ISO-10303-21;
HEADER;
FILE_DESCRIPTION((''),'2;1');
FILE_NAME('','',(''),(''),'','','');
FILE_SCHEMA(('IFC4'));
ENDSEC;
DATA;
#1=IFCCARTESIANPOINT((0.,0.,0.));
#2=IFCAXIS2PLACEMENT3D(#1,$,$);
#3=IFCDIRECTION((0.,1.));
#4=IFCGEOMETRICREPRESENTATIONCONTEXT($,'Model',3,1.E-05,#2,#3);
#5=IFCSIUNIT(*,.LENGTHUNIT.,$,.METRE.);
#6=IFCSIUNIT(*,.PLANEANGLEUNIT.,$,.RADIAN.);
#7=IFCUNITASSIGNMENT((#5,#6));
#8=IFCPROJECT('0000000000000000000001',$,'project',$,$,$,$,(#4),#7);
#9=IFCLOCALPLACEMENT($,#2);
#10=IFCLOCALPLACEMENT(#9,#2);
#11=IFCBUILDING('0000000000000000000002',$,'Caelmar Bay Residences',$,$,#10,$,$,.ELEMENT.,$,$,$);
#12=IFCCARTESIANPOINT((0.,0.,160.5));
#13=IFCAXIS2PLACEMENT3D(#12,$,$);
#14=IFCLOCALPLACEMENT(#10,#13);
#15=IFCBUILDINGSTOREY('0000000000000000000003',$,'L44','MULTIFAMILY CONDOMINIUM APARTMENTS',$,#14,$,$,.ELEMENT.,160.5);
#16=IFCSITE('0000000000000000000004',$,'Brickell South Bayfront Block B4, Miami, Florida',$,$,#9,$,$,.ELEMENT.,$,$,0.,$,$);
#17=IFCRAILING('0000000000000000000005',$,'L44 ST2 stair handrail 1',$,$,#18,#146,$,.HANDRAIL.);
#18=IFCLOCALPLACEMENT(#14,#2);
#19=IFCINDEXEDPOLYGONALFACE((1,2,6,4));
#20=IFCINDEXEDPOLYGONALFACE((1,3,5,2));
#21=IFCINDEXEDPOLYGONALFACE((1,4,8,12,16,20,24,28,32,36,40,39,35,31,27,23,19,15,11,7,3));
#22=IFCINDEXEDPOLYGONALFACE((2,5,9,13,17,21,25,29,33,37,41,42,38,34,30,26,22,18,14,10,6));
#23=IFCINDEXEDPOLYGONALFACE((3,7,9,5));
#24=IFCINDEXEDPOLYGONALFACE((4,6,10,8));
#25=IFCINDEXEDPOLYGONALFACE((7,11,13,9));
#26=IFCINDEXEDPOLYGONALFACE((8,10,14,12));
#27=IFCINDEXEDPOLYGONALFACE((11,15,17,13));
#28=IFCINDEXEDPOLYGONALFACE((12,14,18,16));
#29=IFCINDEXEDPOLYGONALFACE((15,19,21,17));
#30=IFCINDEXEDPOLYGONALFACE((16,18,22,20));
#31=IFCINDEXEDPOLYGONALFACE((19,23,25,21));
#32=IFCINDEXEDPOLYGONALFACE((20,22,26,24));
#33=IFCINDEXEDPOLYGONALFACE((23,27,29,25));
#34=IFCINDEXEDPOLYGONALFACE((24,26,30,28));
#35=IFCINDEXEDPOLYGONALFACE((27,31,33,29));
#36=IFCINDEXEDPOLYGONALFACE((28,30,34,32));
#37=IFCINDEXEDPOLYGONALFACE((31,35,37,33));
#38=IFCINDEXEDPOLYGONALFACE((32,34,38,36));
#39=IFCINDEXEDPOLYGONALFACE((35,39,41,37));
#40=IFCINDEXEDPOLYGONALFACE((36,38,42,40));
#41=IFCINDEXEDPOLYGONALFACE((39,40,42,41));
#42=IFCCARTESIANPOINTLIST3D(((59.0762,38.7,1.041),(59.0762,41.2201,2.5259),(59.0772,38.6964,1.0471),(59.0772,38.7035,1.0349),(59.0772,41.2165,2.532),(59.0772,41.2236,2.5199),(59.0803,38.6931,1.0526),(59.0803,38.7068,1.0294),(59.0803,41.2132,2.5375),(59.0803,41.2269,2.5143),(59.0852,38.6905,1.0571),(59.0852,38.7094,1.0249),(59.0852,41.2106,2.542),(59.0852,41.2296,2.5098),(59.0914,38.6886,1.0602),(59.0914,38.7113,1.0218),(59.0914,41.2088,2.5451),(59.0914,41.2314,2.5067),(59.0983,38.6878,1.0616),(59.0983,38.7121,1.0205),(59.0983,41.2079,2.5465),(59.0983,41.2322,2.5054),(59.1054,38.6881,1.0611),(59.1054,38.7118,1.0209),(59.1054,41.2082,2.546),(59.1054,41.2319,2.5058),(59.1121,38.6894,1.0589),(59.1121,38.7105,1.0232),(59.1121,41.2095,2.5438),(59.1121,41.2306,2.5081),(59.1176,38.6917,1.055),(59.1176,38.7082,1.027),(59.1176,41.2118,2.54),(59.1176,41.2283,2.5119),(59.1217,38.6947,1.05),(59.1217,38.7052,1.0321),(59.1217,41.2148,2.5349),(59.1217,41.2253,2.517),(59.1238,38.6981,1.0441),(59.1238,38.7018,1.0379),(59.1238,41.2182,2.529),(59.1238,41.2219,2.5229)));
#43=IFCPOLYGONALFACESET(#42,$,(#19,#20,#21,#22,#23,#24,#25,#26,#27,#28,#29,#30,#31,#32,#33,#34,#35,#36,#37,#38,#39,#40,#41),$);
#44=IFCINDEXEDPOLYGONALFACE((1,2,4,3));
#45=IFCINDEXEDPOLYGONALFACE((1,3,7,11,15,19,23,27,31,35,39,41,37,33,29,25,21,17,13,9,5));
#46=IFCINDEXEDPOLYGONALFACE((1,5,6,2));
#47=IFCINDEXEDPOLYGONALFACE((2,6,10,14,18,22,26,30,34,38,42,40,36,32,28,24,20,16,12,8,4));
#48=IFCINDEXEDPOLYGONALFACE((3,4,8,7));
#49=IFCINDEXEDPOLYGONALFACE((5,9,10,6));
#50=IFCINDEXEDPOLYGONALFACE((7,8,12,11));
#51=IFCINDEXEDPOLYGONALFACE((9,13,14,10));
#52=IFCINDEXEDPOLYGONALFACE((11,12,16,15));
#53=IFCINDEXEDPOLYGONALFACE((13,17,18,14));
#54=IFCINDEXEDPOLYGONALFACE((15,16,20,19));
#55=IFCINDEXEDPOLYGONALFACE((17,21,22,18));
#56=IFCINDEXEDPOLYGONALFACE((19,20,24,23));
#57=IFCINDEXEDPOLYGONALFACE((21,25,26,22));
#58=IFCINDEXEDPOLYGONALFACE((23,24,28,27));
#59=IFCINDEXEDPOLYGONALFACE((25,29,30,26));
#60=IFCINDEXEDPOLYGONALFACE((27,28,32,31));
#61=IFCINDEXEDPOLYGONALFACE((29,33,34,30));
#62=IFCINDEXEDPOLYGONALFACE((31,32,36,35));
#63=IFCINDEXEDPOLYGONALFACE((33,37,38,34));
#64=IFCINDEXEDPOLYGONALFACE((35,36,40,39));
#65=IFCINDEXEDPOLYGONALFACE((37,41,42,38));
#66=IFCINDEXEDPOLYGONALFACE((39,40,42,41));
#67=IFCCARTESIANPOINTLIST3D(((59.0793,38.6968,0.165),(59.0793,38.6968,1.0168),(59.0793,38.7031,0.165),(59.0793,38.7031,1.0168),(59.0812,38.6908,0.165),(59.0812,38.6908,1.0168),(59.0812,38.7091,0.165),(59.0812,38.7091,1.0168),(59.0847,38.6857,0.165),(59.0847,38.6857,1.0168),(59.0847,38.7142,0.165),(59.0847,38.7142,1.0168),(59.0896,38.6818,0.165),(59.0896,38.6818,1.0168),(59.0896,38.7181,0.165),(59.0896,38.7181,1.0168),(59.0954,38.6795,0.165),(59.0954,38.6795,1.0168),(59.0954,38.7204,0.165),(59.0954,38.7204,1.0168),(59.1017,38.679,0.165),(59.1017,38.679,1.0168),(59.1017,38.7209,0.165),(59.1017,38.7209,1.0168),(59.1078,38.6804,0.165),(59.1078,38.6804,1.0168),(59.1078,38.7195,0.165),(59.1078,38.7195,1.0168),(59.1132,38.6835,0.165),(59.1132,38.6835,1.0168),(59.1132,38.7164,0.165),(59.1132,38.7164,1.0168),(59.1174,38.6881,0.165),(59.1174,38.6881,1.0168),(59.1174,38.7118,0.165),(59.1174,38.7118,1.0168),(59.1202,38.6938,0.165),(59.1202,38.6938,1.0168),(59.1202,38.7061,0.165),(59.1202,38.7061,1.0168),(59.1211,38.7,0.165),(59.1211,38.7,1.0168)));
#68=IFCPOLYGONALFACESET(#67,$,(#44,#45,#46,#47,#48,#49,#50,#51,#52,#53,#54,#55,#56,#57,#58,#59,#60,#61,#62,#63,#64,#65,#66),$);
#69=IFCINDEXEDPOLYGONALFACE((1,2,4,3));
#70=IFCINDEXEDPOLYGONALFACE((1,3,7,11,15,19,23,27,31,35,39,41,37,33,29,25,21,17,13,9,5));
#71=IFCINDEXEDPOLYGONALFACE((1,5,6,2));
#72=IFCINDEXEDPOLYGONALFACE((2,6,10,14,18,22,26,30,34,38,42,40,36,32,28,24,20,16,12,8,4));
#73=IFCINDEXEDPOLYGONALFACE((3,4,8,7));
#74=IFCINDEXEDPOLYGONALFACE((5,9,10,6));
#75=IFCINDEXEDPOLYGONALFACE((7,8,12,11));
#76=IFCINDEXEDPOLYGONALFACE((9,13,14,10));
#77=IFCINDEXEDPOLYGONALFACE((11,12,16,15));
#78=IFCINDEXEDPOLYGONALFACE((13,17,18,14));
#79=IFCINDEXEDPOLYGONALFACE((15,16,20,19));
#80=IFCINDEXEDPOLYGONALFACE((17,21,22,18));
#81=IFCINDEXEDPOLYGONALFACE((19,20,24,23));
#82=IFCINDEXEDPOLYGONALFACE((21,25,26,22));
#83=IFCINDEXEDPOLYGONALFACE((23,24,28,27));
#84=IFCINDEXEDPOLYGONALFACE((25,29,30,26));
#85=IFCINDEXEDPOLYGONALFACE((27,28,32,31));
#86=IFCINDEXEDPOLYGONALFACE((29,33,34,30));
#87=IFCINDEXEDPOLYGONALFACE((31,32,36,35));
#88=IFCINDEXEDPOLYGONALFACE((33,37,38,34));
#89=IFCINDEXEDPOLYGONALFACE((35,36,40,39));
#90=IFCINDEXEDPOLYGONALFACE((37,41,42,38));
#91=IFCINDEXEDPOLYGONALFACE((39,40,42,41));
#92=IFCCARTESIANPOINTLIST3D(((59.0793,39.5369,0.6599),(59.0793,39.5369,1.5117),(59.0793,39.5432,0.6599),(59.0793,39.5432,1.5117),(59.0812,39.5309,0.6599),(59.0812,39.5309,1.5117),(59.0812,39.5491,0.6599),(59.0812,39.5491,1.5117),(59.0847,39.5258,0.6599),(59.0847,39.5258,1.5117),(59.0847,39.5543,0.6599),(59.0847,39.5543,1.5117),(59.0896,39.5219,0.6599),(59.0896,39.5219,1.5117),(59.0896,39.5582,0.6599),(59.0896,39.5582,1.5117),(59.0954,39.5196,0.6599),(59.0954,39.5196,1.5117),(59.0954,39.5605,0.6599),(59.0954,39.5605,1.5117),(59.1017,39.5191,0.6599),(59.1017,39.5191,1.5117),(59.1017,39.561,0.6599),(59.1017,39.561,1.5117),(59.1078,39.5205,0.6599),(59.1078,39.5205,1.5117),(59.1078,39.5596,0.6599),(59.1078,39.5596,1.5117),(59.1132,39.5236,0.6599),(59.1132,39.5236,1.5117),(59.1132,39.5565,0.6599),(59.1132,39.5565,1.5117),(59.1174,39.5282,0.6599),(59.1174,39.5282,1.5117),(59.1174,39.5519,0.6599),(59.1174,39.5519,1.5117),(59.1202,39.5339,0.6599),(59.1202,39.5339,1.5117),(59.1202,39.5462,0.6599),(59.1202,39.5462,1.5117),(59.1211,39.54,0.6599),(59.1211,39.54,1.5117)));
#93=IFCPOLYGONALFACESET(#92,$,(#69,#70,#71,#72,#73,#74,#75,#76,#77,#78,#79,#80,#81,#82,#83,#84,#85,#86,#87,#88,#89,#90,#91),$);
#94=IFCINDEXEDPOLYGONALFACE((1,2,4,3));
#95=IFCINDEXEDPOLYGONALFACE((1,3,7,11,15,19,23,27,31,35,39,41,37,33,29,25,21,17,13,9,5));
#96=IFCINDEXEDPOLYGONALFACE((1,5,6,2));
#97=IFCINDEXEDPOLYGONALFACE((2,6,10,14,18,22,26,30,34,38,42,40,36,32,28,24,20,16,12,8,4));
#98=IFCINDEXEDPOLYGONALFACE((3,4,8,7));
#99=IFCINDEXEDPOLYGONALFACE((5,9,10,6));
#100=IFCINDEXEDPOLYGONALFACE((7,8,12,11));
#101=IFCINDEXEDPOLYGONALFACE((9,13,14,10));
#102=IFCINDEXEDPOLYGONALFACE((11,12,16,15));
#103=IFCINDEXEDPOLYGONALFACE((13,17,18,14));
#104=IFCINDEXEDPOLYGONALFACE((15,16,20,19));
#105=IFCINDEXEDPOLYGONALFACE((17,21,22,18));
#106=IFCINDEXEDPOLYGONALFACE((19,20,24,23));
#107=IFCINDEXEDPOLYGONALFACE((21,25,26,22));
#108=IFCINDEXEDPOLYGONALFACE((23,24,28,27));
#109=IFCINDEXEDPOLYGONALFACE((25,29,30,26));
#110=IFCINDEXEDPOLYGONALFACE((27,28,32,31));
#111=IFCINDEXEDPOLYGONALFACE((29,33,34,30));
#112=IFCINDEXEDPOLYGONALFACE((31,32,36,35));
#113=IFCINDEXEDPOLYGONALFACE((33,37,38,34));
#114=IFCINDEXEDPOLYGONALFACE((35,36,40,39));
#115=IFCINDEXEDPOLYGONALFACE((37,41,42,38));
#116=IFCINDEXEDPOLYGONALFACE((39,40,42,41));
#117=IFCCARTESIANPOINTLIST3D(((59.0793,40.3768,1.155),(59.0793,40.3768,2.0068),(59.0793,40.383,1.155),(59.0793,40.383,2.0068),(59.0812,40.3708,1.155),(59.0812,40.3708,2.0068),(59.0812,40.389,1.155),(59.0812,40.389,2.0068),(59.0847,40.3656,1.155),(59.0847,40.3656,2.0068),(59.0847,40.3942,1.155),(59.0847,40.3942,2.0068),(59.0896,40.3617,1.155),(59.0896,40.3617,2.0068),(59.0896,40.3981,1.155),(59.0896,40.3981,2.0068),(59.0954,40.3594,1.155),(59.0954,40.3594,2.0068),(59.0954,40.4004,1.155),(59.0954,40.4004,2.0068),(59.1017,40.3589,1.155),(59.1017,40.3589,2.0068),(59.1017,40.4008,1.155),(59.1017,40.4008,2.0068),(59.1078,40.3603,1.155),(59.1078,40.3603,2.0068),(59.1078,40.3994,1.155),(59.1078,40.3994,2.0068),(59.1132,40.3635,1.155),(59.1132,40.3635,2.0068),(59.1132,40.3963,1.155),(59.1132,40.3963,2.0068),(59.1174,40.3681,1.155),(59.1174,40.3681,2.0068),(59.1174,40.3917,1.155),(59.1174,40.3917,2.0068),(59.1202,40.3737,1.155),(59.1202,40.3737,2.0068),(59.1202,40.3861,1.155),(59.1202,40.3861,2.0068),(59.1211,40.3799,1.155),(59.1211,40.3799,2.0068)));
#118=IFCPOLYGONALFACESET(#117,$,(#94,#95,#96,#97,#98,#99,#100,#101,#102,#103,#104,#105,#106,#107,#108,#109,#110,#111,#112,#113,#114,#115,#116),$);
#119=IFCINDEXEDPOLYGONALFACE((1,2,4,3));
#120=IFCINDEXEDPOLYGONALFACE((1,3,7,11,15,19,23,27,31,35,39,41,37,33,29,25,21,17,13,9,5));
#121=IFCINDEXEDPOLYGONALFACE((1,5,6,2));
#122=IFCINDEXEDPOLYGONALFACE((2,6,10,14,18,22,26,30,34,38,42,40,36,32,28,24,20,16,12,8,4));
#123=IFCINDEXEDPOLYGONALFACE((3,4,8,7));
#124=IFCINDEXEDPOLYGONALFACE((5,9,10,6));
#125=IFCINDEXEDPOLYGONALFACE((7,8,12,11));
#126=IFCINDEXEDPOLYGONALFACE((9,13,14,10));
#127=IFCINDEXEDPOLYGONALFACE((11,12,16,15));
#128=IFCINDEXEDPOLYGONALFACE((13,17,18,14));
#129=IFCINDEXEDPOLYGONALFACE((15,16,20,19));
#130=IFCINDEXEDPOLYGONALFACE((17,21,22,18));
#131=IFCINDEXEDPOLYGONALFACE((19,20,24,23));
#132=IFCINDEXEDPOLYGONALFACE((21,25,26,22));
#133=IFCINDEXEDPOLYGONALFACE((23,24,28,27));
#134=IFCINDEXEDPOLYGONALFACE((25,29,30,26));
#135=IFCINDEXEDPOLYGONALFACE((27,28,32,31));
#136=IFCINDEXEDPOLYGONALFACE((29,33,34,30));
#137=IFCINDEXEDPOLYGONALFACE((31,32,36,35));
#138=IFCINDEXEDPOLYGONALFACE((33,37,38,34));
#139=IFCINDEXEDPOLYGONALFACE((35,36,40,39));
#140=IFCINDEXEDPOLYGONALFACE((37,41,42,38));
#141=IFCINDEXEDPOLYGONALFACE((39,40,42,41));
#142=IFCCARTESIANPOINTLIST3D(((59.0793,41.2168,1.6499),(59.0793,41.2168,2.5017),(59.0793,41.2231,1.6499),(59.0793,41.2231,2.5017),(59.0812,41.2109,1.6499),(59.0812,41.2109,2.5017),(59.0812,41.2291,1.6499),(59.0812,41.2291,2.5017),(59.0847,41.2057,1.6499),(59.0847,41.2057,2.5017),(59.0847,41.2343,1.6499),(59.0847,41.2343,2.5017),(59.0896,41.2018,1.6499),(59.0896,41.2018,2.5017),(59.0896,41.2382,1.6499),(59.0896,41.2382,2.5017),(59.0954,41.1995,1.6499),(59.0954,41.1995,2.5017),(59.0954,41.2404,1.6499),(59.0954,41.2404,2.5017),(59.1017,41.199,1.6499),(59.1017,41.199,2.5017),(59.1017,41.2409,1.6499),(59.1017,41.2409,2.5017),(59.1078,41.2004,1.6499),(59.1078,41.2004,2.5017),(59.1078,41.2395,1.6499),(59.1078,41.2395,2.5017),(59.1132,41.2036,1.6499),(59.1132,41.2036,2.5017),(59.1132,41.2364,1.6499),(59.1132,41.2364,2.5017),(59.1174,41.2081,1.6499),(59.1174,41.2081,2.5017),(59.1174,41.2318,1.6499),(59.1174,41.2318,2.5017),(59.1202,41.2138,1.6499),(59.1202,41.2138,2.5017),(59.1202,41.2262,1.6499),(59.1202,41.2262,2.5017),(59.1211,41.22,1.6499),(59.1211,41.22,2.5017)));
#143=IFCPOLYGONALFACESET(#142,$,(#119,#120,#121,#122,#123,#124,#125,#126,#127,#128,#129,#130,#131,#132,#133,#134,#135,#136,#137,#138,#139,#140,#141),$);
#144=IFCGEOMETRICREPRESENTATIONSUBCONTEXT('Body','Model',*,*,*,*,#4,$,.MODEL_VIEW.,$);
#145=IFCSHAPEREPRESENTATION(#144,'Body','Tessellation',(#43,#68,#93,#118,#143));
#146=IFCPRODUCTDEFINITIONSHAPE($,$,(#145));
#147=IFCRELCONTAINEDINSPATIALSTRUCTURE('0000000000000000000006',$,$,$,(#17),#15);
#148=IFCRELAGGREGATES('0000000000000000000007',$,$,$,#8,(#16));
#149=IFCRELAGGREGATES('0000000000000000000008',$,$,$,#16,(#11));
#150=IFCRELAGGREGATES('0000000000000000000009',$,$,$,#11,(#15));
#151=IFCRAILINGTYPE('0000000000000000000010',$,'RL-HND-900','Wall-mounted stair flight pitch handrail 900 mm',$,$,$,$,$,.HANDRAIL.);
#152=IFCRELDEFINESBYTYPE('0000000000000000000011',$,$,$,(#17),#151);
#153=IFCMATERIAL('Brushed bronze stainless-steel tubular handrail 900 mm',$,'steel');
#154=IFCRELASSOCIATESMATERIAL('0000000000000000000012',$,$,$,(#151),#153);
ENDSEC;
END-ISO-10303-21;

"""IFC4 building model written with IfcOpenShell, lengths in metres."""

from ifc_helpers import new_model, si_unit, direction, frame, origin, origin_2d, place, context, subcontext, project, spatial, circle, extrude, material, type_object, element, save


model = new_model("IFC4")

# Units and contexts
model_context = context("Model", 3, precision=1e-05, world=origin(), true_north=direction((0.0, 1.0)))
body_context = subcontext(model_context, "Body", "Model", "MODEL_VIEW")
ifc_project = project(units=[si_unit("LENGTHUNIT", "METRE"), si_unit("PLANEANGLEUNIT", "RADIAN")], contexts=[model_context])

# Site, building, storey
site_placement = place(None, origin())
site = spatial("IfcSite", under=ifc_project, at=site_placement, Name="Brickell South Bayfront Block B4, Miami, Florida", CompositionType="ELEMENT", RefElevation=0.0)
building_placement = place(site_placement, origin())
building = spatial("IfcBuilding", under=site, at=building_placement, Name="Caelmar Bay Residences", CompositionType="ELEMENT")
storey_placement = place(building_placement, frame((0.0, 0.0, 160.5)))
storey = spatial("IfcBuildingStorey", under=building, at=storey_placement, Name="L44", Description="MULTIFAMILY CONDOMINIUM APARTMENTS", CompositionType="ELEMENT", Elevation=160.5)

# Railing
ifc_material_1 = material(Name="Brushed bronze stainless-steel tubular handrail 900 mm", Category="steel")
railing_type_1 = type_object("IfcRailingType", Name="RL-HND-900", Description="Wall-mounted stair flight pitch handrail 900 mm", PredefinedType="HANDRAIL", material=ifc_material_1)
railing_1_placement = place(storey_placement, frame((59.1001, 38.7, 0.165)))
element("IfcRailing", 1, at=railing_1_placement, inside=storey, type_object=railing_type_1, Name="L44 ST2 stair handrail 1", PredefinedType="HANDRAIL", context=body_context, shape_type="SweptSolid", body=[
    extrude(circle(Radius=0.0239, at=origin_2d()), frame((0.0, 0.0, 0.876), z_axis=(0.0, 0.861561, 0.507655), x_axis=(-1.0, 0.0, 0.0)), (0.0, 0.0, 1.0), 2.925),
    extrude(circle(Radius=0.021, at=origin_2d()), origin(), (0.0, 0.0, 1.0), 0.8518),
    extrude(circle(Radius=0.021, at=origin_2d()), frame((0.0, 0.8401, 0.4949)), (0.0, 0.0, 1.0), 0.8518),
    extrude(circle(Radius=0.021, at=origin_2d()), frame((0.0, 1.6799, 0.99)), (0.0, 0.0, 1.0), 0.8518),
    extrude(circle(Radius=0.021, at=origin_2d()), frame((0.0, 2.52, 1.4849)), (0.0, 0.0, 1.0), 0.8518),
])

save(model, "model.ifc")
